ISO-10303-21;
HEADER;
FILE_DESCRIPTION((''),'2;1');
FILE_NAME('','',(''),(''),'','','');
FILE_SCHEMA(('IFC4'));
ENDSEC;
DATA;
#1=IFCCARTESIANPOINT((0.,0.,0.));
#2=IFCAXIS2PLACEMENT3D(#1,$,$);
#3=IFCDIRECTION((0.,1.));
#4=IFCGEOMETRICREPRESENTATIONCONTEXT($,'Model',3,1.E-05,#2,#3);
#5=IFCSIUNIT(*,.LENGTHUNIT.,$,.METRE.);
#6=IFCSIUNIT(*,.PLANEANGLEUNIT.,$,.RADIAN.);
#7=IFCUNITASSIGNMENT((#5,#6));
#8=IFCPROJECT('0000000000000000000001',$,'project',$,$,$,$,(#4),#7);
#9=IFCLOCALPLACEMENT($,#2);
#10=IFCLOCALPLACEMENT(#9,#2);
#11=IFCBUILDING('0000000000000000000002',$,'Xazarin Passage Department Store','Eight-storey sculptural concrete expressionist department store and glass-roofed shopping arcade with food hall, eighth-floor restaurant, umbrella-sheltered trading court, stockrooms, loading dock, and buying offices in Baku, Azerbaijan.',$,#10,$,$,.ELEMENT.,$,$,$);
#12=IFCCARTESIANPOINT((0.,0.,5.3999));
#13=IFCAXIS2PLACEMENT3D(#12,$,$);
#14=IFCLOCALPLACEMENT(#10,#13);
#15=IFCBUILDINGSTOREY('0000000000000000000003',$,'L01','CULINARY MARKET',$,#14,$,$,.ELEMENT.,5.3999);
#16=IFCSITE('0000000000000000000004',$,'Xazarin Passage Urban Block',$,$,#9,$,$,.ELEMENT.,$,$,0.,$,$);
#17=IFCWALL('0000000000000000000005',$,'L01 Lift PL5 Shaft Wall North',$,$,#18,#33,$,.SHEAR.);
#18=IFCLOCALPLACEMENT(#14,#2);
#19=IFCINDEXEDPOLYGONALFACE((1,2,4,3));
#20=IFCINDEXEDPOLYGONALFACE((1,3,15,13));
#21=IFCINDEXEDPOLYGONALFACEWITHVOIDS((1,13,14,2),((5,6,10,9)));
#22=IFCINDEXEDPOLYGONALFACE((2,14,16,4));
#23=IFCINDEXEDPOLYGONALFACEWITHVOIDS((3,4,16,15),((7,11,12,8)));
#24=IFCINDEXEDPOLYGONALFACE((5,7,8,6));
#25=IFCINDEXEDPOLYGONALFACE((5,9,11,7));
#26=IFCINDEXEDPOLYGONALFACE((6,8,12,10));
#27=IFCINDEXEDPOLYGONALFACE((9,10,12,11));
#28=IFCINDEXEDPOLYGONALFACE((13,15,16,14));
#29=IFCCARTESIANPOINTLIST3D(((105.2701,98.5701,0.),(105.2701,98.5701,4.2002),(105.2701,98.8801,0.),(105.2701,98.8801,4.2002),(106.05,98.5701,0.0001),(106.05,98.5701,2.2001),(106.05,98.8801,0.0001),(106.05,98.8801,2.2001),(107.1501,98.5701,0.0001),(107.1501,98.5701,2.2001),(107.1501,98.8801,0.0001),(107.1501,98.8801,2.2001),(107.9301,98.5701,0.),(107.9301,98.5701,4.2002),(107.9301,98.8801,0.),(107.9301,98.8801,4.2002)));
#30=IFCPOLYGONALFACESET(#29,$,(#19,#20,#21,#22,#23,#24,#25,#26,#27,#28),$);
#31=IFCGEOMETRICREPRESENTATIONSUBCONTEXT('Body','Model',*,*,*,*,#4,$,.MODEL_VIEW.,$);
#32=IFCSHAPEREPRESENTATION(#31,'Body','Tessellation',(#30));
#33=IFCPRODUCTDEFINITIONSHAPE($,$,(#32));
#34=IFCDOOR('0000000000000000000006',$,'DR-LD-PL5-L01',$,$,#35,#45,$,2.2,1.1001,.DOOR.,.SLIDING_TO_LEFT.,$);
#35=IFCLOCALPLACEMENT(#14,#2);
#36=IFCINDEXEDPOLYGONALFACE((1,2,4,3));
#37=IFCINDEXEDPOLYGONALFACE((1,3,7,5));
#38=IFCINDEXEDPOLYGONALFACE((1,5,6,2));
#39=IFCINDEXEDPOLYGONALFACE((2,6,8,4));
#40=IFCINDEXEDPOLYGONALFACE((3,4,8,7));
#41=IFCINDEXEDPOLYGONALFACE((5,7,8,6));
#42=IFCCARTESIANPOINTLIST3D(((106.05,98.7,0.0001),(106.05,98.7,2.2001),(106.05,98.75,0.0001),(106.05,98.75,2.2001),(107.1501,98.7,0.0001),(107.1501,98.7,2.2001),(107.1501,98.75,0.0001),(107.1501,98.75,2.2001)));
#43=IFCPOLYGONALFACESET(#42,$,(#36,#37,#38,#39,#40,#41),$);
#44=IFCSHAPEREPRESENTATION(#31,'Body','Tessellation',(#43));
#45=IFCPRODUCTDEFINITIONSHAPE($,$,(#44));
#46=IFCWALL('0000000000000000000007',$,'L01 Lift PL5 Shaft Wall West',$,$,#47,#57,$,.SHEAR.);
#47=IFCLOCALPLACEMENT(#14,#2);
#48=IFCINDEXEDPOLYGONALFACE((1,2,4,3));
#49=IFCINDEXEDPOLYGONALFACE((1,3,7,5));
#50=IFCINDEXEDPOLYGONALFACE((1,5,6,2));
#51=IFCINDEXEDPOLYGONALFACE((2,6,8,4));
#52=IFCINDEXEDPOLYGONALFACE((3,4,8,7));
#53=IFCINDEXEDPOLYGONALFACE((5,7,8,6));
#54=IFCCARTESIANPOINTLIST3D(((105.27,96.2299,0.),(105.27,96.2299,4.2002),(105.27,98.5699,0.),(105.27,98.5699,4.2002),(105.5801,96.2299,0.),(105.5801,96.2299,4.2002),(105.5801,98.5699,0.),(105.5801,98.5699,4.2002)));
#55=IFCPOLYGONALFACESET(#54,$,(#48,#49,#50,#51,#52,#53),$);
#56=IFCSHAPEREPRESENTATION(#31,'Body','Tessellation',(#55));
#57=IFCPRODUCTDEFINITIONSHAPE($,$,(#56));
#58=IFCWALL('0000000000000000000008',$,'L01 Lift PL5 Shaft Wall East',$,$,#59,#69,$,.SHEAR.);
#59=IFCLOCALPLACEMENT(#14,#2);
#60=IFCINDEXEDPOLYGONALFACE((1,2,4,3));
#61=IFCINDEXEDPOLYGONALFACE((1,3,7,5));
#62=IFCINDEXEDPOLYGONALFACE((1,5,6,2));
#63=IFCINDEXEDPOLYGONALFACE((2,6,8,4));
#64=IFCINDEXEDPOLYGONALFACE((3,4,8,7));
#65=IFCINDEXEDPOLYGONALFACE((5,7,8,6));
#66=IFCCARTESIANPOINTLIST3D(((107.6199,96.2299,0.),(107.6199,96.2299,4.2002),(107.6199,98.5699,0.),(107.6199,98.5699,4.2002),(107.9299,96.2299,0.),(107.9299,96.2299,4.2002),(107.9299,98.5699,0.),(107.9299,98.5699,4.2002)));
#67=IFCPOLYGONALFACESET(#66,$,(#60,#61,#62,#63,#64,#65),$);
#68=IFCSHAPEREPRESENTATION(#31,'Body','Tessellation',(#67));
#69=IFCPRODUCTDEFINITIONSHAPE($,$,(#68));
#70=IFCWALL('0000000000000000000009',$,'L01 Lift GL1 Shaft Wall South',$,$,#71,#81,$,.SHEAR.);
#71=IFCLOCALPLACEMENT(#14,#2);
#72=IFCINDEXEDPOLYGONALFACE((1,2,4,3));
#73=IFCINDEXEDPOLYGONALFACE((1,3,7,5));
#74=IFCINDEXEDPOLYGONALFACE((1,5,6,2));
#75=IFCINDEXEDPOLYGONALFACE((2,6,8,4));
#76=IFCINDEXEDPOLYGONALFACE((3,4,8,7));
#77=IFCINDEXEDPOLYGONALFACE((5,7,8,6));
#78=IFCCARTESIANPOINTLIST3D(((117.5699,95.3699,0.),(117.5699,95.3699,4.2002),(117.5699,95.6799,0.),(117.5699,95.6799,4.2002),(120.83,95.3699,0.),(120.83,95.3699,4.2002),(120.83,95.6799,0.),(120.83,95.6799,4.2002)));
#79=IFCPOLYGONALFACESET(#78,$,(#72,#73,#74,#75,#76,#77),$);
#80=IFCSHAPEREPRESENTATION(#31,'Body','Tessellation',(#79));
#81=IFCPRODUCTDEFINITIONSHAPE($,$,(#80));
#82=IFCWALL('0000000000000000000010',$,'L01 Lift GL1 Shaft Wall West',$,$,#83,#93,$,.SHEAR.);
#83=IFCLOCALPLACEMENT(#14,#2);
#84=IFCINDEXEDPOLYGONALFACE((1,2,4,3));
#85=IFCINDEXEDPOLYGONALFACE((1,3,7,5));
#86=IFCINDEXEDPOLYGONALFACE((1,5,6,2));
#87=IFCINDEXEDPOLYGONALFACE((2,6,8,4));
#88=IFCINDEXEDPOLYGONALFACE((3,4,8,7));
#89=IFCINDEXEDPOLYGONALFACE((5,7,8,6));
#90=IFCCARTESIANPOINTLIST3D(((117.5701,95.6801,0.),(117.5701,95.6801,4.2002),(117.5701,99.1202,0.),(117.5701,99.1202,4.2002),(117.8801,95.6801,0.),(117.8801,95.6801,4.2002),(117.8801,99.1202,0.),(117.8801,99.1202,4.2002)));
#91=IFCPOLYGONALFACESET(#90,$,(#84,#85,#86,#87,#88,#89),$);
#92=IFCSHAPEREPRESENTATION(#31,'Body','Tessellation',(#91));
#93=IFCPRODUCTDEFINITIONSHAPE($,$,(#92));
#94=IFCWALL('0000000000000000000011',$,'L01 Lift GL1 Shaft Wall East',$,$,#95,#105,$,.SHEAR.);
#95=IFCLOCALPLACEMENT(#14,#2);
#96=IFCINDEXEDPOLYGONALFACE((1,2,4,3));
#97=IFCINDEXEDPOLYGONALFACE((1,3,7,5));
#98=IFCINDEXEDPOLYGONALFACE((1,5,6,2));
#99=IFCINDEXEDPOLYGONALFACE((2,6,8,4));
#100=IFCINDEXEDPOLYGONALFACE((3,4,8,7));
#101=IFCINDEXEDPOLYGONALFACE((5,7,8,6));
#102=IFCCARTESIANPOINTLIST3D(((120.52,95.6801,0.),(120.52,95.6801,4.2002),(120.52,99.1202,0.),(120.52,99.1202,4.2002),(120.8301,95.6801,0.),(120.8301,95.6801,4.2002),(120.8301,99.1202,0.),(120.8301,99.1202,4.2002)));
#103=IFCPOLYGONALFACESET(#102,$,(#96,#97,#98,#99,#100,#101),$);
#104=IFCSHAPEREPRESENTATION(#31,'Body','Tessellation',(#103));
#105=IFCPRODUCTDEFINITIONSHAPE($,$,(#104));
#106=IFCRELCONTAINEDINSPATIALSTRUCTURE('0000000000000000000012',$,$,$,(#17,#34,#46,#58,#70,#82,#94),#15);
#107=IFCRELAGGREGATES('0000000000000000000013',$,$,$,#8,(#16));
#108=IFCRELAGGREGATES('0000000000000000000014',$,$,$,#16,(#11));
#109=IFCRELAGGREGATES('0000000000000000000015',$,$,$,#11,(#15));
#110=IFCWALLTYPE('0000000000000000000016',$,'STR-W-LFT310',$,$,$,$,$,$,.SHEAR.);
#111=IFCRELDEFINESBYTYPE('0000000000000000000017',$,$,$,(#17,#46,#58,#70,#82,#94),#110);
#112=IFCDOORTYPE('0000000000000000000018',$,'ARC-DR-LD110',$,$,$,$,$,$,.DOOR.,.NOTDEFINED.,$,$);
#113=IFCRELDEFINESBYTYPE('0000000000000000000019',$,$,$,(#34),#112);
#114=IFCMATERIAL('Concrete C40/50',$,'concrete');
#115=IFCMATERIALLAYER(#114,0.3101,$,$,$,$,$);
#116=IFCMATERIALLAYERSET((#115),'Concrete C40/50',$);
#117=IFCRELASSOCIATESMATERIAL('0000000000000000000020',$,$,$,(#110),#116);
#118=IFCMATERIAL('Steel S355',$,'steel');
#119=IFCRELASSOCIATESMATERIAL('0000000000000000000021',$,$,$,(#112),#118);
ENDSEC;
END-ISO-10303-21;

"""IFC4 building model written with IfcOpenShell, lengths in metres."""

from ifc_helpers import new_model, si_unit, direction, frame, frame_2d, origin, place, context, subcontext, project, spatial, rectangle, extrude, material, layer, layer_set, type_object, element, fill, save


model = new_model("IFC4")

# Units and contexts
model_context = context("Model", 3, precision=1e-05, world=origin(), true_north=direction((0.0, 1.0)))
body_context = subcontext(model_context, "Body", "Model", "MODEL_VIEW")
ifc_project = project(units=[si_unit("LENGTHUNIT", "METRE"), si_unit("PLANEANGLEUNIT", "RADIAN")], contexts=[model_context])

# Site, building, storey
site_placement = place(None, origin())
site = spatial("IfcSite", under=ifc_project, at=site_placement, Name="Xazarin Passage Urban Block", CompositionType="ELEMENT", RefElevation=0.0)
building_placement = place(site_placement, origin())
building = spatial("IfcBuilding", under=site, at=building_placement, Name="Xazarin Passage Department Store", Description="Eight-storey sculptural concrete expressionist department store and glass-roofed shopping arcade with food hall, eighth-floor restaurant, umbrella-sheltered trading court, stockrooms, loading dock, and buying offices in Baku, Azerbaijan.", CompositionType="ELEMENT")
storey_placement = place(building_placement, frame((0.0, 0.0, 5.3999)))
storey = spatial("IfcBuildingStorey", under=building, at=storey_placement, Name="L01", Description="CULINARY MARKET", CompositionType="ELEMENT", Elevation=5.3999)

# Shared definitions
ifc_material_1 = material(Name="Concrete C40/50", Category="concrete")

# Shared definitions
ifc_layer_1 = layer(ifc_material_1, 0.3101)
ifc_layer_set_1 = layer_set([ifc_layer_1], Name="Concrete C40/50")
wall_type_1 = type_object("IfcWallType", Name="STR-W-LFT310", PredefinedType="SHEAR", material=ifc_layer_set_1)

# Wall, opening, door
wall_1_placement = place(storey_placement, frame((105.27, 98.7251, 0.0), z_axis=(0.0, 0.0, 1.0), x_axis=(1.0, 0.0, 0.0)))
wall_1 = element("IfcWall", 1, at=wall_1_placement, inside=storey, type_object=wall_type_1, Name="L01 Lift PL5 Shaft Wall North", PredefinedType="SHEAR", context=body_context, shape_type="SweptSolid", body=[
    extrude(rectangle(XDim=2.6599, YDim=0.3101, at=frame_2d((1.3301, 0.0))), origin(), (0.0, 0.0, 1.0), 4.2002),
])
opening_1_placement = place(wall_1_placement, frame((0.78, 0.0, 0.0)))
opening_1 = element("IfcOpeningElement", 2, at=opening_1_placement, cuts=wall_1, PredefinedType="OPENING", context=body_context, shape_type="SweptSolid", body=[
    extrude(rectangle(XDim=1.1001, YDim=2.2, at=frame_2d((0.55, 1.1001))), frame((0.0, 0.165, 0.0), z_axis=(0.0, -1.0, 0.0), x_axis=(1.0, 0.0, 0.0)), (0.0, 0.0, 1.0), 0.3301),
])
ifc_material_2 = material(Name="Steel S355", Category="steel")
door_type_1 = type_object("IfcDoorType", Name="ARC-DR-LD110", OperationType="NOTDEFINED", PredefinedType="DOOR", material=ifc_material_2)
door_1_placement = place(opening_1_placement, origin())
door_1 = element("IfcDoor", 3, at=door_1_placement, inside=storey, type_object=door_type_1, Name="DR-LD-PL5-L01", OperationType="SLIDING_TO_LEFT", OverallHeight=2.2, OverallWidth=1.1001, PredefinedType="DOOR", context=body_context, shape_type="SweptSolid", body=[
    extrude(rectangle(XDim=1.1001, YDim=2.2, at=frame_2d((0.55, 1.1001))), frame((0.0, 0.0249, 0.0), z_axis=(0.0, -1.0, 0.0), x_axis=(1.0, 0.0, 0.0)), (0.0, 0.0, 1.0), 0.05),
])
fill(opening_1, door_1)

# Walls
for number, where, z_axis, x_axis, name in (
    (4, (105.425, 96.23, 0.0), (0.0, 0.0, 1.0), (0.0, 1.0, 0.0), "L01 Lift PL5 Shaft Wall West"),
    (5, (107.7749, 96.23, 0.0), (0.0, 0.0, 1.0), (0.0, 1.0, 0.0), "L01 Lift PL5 Shaft Wall East"),
):
    element("IfcWall", number, at=place(storey_placement, frame(where, z_axis=z_axis, x_axis=x_axis)), inside=storey, type_object=wall_type_1, Name=name, PredefinedType="SHEAR", context=body_context, shape_type="SweptSolid", body=[
        extrude(rectangle(XDim=2.3401, YDim=0.3101, at=frame_2d((1.1699, 0.0))), origin(), (0.0, 0.0, 1.0), 4.2002),
    ])
wall_2_placement = place(storey_placement, frame((117.5701, 95.5249, 0.0), z_axis=(0.0, 0.0, 1.0), x_axis=(1.0, 0.0, 0.0)))
element("IfcWall", 6, at=wall_2_placement, inside=storey, type_object=wall_type_1, Name="L01 Lift GL1 Shaft Wall South", PredefinedType="SHEAR", context=body_context, shape_type="SweptSolid", body=[
    extrude(rectangle(XDim=3.26, YDim=0.3101, at=frame_2d((1.6299, 0.0))), origin(), (0.0, 0.0, 1.0), 4.2002),
])
for number, where, z_axis, x_axis, name in (
    (7, (117.7251, 95.6799, 0.0), (0.0, 0.0, 1.0), (0.0, 1.0, 0.0), "L01 Lift GL1 Shaft Wall West"),
    (8, (120.675, 95.6799, 0.0), (0.0, 0.0, 1.0), (0.0, 1.0, 0.0), "L01 Lift GL1 Shaft Wall East"),
):
    element("IfcWall", number, at=place(storey_placement, frame(where, z_axis=z_axis, x_axis=x_axis)), inside=storey, type_object=wall_type_1, Name=name, PredefinedType="SHEAR", context=body_context, shape_type="SweptSolid", body=[
        extrude(rectangle(XDim=3.4402, YDim=0.3101, at=frame_2d((1.7202, 0.0))), origin(), (0.0, 0.0, 1.0), 4.2002),
    ])

save(model, "model.ifc")
